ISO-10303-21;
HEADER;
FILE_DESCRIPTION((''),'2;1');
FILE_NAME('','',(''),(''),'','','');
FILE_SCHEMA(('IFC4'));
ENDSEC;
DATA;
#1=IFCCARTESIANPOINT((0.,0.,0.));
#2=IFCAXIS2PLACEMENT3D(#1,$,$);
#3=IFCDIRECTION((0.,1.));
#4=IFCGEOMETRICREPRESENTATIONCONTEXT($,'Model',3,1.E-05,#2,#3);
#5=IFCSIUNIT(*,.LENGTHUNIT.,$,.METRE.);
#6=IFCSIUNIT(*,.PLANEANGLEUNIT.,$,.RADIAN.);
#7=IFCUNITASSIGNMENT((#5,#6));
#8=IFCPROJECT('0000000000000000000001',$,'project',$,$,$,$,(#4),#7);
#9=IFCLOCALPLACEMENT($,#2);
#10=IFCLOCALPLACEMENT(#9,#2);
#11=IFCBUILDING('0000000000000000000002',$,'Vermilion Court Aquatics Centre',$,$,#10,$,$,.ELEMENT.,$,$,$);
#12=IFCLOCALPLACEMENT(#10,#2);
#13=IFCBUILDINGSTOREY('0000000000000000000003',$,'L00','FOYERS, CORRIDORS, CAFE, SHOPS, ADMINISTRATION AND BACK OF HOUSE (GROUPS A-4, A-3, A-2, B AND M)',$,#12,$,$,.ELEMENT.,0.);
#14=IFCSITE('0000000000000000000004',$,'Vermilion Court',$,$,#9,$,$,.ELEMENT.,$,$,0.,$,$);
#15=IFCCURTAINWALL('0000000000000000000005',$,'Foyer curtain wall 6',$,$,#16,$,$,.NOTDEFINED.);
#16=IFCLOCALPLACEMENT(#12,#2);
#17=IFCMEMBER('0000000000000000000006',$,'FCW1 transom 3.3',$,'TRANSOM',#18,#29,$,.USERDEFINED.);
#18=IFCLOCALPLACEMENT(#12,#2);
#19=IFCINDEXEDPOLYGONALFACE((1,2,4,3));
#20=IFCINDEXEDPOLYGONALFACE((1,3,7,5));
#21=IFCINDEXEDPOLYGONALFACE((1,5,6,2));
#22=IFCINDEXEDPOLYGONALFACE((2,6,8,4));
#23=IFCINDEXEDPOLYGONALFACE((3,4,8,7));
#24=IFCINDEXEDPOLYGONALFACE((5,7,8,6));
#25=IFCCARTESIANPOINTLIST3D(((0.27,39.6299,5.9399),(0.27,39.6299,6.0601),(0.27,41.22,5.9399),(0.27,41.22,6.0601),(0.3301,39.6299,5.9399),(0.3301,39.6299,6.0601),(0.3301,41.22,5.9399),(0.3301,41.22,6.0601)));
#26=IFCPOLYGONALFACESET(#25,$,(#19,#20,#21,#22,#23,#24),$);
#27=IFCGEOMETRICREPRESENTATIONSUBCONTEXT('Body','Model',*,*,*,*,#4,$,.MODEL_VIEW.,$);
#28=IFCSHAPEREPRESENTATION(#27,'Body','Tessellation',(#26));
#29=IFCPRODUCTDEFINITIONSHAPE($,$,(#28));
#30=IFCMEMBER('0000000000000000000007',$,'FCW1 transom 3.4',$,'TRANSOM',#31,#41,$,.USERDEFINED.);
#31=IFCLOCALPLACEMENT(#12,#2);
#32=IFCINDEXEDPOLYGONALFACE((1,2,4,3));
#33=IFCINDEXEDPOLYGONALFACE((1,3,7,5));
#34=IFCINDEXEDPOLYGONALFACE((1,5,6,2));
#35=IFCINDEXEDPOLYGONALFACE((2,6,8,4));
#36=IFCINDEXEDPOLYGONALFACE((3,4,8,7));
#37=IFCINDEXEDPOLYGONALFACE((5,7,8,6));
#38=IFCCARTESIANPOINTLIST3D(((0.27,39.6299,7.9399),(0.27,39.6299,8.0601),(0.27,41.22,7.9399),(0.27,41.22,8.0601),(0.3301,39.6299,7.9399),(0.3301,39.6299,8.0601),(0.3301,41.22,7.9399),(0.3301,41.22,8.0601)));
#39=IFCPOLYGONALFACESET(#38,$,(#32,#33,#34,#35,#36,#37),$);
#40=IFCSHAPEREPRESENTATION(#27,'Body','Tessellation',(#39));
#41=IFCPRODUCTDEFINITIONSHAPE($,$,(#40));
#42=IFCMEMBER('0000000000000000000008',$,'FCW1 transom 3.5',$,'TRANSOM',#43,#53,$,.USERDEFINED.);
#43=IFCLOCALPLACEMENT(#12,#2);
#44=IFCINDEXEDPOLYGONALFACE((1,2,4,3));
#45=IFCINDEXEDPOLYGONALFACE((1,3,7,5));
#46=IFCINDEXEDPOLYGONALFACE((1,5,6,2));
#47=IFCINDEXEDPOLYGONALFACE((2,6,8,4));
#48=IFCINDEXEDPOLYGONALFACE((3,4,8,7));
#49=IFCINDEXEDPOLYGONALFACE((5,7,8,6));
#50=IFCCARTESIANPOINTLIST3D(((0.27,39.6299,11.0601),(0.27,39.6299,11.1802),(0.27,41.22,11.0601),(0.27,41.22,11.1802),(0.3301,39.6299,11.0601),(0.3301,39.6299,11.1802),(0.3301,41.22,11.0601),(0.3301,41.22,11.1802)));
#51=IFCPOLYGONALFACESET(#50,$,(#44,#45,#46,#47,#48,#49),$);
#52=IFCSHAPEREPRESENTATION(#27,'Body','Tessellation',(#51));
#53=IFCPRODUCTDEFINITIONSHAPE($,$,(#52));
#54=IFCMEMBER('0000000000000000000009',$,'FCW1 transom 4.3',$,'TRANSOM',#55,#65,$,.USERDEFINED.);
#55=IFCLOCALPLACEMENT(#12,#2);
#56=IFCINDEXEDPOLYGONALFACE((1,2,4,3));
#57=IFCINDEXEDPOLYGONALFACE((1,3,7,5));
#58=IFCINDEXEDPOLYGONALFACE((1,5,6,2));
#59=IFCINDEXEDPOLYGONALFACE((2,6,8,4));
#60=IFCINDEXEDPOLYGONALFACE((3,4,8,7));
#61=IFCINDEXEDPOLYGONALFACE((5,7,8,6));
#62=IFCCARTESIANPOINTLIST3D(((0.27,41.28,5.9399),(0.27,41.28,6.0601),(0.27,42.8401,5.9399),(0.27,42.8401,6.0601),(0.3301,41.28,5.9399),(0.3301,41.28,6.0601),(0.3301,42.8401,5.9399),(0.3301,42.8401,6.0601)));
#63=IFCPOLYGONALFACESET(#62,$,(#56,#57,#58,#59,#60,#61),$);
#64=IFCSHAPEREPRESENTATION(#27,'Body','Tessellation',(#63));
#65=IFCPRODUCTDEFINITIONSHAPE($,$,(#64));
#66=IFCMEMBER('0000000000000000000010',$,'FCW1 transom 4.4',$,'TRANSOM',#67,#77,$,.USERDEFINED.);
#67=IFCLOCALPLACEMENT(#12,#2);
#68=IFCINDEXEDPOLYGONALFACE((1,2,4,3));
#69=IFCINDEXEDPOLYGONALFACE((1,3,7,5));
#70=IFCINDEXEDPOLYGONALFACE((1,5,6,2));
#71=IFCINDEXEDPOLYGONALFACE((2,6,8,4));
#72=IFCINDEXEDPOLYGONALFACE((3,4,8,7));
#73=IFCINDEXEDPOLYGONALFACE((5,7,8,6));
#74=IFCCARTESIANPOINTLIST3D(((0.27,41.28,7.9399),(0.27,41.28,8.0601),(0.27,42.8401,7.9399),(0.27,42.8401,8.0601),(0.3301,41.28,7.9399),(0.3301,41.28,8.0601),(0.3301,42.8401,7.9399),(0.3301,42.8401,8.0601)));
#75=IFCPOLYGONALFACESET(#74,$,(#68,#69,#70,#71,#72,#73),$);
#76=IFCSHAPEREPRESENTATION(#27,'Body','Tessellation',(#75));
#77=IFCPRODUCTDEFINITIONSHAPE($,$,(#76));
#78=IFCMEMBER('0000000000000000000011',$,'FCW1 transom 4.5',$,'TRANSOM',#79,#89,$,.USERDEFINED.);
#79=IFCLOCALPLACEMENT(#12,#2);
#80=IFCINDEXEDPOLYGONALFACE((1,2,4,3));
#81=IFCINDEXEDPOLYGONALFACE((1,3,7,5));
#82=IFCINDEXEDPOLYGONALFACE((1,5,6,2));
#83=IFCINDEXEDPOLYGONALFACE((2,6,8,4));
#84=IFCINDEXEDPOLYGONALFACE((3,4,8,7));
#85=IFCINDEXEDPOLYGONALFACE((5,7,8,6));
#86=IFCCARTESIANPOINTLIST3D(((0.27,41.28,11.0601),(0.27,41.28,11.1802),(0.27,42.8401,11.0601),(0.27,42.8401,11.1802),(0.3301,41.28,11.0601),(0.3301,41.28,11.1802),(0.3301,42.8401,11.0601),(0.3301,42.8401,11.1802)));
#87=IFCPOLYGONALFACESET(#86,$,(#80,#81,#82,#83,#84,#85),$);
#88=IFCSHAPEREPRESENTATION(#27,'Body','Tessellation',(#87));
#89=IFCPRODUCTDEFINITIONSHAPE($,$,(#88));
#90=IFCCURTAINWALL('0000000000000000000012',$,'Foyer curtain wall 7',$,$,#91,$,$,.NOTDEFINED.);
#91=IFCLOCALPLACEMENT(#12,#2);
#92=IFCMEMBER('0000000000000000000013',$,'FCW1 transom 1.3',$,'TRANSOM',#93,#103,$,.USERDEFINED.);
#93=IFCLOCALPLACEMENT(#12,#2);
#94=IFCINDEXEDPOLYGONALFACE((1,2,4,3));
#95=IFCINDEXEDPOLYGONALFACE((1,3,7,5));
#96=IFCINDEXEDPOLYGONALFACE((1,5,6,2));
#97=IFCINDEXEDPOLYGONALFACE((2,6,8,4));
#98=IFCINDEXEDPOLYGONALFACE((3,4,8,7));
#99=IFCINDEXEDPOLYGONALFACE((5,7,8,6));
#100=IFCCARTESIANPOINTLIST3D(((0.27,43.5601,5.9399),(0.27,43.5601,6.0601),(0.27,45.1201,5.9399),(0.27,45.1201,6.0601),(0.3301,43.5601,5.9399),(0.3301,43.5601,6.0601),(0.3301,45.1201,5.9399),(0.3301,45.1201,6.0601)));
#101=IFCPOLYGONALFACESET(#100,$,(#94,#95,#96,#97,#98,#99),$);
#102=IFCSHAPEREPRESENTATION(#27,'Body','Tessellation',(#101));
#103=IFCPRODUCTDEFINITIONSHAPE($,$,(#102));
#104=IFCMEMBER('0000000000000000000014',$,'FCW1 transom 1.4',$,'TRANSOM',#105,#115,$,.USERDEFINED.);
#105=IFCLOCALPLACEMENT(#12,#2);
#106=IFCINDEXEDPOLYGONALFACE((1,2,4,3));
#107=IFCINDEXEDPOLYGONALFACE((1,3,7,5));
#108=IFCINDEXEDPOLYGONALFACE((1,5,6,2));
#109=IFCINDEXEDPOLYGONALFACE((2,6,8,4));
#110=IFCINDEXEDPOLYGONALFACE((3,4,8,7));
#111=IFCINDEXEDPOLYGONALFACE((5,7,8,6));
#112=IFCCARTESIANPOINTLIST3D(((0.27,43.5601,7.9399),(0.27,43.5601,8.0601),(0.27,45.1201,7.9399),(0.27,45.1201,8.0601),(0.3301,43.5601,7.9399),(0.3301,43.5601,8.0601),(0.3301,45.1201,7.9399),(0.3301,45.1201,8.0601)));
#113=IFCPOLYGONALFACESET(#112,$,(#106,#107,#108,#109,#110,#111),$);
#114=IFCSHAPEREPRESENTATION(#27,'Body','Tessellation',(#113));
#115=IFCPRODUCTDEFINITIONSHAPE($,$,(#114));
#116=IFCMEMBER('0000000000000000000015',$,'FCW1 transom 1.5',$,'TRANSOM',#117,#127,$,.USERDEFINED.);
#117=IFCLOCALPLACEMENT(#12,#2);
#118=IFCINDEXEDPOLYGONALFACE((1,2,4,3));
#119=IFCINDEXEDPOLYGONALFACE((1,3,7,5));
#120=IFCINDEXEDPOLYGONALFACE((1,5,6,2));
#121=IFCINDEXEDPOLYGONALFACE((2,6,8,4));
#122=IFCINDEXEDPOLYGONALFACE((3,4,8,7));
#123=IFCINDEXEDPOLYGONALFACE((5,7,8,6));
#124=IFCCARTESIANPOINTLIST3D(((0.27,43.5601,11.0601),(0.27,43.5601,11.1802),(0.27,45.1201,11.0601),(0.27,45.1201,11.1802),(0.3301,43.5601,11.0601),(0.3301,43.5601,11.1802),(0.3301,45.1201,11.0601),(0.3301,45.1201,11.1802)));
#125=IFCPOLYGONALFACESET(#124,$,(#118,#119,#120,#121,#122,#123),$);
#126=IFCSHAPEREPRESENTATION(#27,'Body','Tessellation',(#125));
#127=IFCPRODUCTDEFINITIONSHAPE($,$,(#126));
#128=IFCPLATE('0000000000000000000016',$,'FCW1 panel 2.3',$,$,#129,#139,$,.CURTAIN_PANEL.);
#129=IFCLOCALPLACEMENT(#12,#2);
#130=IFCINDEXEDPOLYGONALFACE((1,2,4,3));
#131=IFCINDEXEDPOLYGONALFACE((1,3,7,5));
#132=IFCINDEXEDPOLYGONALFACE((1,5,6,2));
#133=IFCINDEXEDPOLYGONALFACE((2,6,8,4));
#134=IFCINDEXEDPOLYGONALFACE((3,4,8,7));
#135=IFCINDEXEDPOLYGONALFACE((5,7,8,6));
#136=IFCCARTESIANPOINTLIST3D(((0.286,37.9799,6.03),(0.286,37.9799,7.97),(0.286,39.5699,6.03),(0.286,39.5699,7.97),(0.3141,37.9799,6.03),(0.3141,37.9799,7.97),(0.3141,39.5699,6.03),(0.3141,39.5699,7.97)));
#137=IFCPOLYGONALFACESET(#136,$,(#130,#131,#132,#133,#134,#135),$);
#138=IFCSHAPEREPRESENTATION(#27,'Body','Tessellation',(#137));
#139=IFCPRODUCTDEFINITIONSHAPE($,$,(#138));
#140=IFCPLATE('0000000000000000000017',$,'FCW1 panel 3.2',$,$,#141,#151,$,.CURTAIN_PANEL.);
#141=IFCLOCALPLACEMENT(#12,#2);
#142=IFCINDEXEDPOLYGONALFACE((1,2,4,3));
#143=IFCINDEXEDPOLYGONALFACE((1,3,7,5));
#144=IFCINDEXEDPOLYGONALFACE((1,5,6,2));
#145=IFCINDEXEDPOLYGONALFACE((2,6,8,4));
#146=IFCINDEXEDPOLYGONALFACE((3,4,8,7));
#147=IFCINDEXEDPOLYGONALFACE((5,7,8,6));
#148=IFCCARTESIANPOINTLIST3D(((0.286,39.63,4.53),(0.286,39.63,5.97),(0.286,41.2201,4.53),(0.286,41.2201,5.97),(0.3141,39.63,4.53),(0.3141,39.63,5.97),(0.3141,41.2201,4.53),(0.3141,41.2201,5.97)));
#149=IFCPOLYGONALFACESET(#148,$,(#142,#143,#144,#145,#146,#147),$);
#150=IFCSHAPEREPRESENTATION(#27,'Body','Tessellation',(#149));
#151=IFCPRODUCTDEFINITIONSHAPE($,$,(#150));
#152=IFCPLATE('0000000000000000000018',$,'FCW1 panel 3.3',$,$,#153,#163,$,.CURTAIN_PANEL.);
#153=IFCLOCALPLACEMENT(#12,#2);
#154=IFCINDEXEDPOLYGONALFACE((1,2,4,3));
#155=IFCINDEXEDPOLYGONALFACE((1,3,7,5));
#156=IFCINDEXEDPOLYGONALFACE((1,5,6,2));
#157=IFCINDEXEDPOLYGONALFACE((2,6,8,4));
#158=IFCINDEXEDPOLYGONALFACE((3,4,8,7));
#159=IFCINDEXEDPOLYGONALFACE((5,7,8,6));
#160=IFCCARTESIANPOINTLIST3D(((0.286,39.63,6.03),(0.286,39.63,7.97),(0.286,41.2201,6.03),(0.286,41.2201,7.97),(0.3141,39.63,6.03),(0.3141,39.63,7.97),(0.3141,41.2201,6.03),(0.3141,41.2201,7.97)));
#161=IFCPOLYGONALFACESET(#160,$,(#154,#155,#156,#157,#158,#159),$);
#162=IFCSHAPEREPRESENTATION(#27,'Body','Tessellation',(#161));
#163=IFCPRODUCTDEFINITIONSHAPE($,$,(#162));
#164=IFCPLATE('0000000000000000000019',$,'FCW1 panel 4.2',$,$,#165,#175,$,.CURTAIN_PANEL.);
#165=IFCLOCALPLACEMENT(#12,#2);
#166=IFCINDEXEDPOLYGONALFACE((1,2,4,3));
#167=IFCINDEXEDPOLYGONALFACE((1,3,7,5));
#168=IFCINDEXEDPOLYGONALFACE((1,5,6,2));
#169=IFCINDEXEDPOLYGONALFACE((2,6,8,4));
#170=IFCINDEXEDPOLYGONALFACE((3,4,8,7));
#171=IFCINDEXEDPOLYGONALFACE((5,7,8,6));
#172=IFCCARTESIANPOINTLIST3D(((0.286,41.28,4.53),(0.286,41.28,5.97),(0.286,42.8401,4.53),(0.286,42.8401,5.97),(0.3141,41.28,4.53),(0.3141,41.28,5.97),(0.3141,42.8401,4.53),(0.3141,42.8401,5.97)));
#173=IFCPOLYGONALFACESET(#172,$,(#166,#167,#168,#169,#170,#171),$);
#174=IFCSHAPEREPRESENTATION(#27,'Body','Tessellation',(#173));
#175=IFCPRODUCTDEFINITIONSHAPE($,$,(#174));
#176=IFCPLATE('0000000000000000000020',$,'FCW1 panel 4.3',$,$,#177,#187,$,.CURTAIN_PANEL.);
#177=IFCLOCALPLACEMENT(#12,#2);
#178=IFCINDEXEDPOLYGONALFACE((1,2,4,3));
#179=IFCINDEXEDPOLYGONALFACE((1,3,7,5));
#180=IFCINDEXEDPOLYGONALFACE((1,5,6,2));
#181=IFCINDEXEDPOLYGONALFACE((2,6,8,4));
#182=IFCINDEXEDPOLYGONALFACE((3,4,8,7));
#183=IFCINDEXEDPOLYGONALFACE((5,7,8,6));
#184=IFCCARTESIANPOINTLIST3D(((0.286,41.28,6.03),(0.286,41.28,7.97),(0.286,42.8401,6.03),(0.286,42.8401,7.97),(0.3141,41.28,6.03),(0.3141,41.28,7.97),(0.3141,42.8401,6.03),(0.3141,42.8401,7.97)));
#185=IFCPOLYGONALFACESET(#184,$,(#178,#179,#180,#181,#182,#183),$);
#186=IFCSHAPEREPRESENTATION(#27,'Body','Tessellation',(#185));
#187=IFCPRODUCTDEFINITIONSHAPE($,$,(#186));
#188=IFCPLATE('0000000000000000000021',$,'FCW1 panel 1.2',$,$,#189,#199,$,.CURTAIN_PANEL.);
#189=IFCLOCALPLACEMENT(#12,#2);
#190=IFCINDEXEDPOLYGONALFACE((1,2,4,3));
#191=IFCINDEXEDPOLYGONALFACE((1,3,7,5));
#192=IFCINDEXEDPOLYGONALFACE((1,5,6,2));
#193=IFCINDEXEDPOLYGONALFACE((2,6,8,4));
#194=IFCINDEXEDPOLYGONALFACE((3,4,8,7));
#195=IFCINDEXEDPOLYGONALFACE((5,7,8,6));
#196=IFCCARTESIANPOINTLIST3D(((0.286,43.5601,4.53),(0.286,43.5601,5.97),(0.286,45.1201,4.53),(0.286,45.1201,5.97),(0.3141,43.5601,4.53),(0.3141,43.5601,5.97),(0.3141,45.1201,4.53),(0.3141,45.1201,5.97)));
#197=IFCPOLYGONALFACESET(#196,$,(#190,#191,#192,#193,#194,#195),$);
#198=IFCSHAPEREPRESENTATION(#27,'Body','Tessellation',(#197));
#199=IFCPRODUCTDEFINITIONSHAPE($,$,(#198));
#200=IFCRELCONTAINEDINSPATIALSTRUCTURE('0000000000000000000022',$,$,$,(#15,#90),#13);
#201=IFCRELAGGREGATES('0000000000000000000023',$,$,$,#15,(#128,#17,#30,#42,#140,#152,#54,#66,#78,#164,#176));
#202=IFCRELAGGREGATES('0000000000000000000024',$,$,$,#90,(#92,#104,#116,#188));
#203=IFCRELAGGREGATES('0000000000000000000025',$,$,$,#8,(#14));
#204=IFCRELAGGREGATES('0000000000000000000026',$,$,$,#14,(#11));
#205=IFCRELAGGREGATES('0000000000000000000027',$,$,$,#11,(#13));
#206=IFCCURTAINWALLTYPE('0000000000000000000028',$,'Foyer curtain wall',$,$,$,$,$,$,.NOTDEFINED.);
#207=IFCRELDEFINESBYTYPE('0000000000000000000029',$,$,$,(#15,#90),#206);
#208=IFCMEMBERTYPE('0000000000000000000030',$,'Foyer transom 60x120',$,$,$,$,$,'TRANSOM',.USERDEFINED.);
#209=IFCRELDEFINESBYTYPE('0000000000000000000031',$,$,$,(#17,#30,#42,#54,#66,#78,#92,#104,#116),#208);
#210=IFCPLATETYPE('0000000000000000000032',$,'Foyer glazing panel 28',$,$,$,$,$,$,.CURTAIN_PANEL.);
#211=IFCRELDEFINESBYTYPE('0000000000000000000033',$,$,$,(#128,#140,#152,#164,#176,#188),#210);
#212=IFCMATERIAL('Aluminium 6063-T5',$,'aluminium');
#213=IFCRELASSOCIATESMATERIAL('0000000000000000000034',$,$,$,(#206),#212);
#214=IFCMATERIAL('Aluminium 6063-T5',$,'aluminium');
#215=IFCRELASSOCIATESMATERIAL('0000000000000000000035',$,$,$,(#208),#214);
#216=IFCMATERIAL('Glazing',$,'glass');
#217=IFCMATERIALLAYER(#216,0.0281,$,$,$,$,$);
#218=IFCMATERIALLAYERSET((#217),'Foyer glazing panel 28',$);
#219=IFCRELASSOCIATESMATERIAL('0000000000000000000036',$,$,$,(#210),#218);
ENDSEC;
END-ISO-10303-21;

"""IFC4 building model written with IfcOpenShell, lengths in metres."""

from ifc_helpers import new_model, si_unit, direction, frame, origin, origin_2d, place, context, subcontext, project, spatial, rectangle, extrude, material, layer, layer_set, material_profile, profile_set, type_object, element, aggregate, save


model = new_model("IFC4")

# Units and contexts
model_context = context("Model", 3, precision=1e-05, world=origin(), true_north=direction((0.0, 1.0)))
body_context = subcontext(model_context, "Body", "Model", "MODEL_VIEW")
ifc_project = project(units=[si_unit("LENGTHUNIT", "METRE"), si_unit("PLANEANGLEUNIT", "RADIAN")], contexts=[model_context])

# Site, building, storey
site_placement = place(None, origin())
site = spatial("IfcSite", under=ifc_project, at=site_placement, Name="Vermilion Court", CompositionType="ELEMENT", RefElevation=0.0)
building_placement = place(site_placement, origin())
building = spatial("IfcBuilding", under=site, at=building_placement, Name="Vermilion Court Aquatics Centre", CompositionType="ELEMENT")
storey_placement = place(building_placement, origin())
storey = spatial("IfcBuildingStorey", under=building, at=storey_placement, Name="L00", Description="FOYERS, CORRIDORS, CAFE, SHOPS, ADMINISTRATION AND BACK OF HOUSE (GROUPS A-4, A-3, A-2, B AND M)", CompositionType="ELEMENT", Elevation=0.0)

# Curtain walls, members
ifc_material_1 = material(Name="Aluminium 6063-T5", Category="aluminium")
curtain_wall_type = type_object("IfcCurtainWallType", Name="Foyer curtain wall", PredefinedType="NOTDEFINED", material=ifc_material_1)
curtain_wall_1_placement = place(storey_placement, origin())
curtain_wall_1 = element("IfcCurtainWall", 1, at=curtain_wall_1_placement, inside=storey, type_object=curtain_wall_type, Name="Foyer curtain wall 6", PredefinedType="NOTDEFINED")
ifc_material_2 = material(Name="Aluminium 6063-T5", Category="aluminium")
ifc_material_profile = material_profile(ifc_material_2, rectangle(XDim=0.0601, YDim=0.1201, at=origin_2d()), Name="Aluminium 60x120")
ifc_profile_set = profile_set([ifc_material_profile], Name="Aluminium 6063-T5")
member_type = type_object("IfcMemberType", Name="Foyer transom 60x120", ElementType="TRANSOM", PredefinedType="USERDEFINED", material=ifc_profile_set)
member_1_placement = place(storey_placement, frame((0.3, 39.6299, 6.0), z_axis=(0.0, 1.0, 0.0), x_axis=(-1.0, 0.0, 0.0)))
member_1 = element("IfcMember", 2, at=member_1_placement, type_object=member_type, Name="FCW1 transom 3.3", ObjectType="TRANSOM", PredefinedType="USERDEFINED", context=body_context, shape_type="SweptSolid", body=[
    extrude(rectangle(XDim=0.0601, YDim=0.1201, at=origin_2d()), origin(), (0.0, 0.0, 1.0), 1.5901),
])
member_2_placement = place(storey_placement, frame((0.3, 39.6299, 8.0), z_axis=(0.0, 1.0, 0.0), x_axis=(-1.0, 0.0, 0.0)))
member_2 = element("IfcMember", 3, at=member_2_placement, type_object=member_type, Name="FCW1 transom 3.4", ObjectType="TRANSOM", PredefinedType="USERDEFINED", context=body_context, shape_type="SweptSolid", body=[
    extrude(rectangle(XDim=0.0601, YDim=0.1201, at=origin_2d()), origin(), (0.0, 0.0, 1.0), 1.5901),
])
member_3_placement = place(storey_placement, frame((0.3, 39.6299, 11.1201), z_axis=(0.0, 1.0, 0.0), x_axis=(-1.0, 0.0, 0.0)))
member_3 = element("IfcMember", 4, at=member_3_placement, type_object=member_type, Name="FCW1 transom 3.5", ObjectType="TRANSOM", PredefinedType="USERDEFINED", context=body_context, shape_type="SweptSolid", body=[
    extrude(rectangle(XDim=0.0601, YDim=0.1201, at=origin_2d()), origin(), (0.0, 0.0, 1.0), 1.5901),
])
member_4_placement = place(storey_placement, frame((0.3, 41.28, 6.0), z_axis=(0.0, 1.0, 0.0), x_axis=(-1.0, 0.0, 0.0)))
member_4 = element("IfcMember", 5, at=member_4_placement, type_object=member_type, Name="FCW1 transom 4.3", ObjectType="TRANSOM", PredefinedType="USERDEFINED", context=body_context, shape_type="SweptSolid", body=[
    extrude(rectangle(XDim=0.0601, YDim=0.1201, at=origin_2d()), origin(), (0.0, 0.0, 1.0), 1.5601),
])
member_5_placement = place(storey_placement, frame((0.3, 41.28, 8.0), z_axis=(0.0, 1.0, 0.0), x_axis=(-1.0, 0.0, 0.0)))
member_5 = element("IfcMember", 6, at=member_5_placement, type_object=member_type, Name="FCW1 transom 4.4", ObjectType="TRANSOM", PredefinedType="USERDEFINED", context=body_context, shape_type="SweptSolid", body=[
    extrude(rectangle(XDim=0.0601, YDim=0.1201, at=origin_2d()), origin(), (0.0, 0.0, 1.0), 1.5601),
])
member_6_placement = place(storey_placement, frame((0.3, 41.28, 11.1201), z_axis=(0.0, 1.0, 0.0), x_axis=(-1.0, 0.0, 0.0)))
member_6 = element("IfcMember", 7, at=member_6_placement, type_object=member_type, Name="FCW1 transom 4.5", ObjectType="TRANSOM", PredefinedType="USERDEFINED", context=body_context, shape_type="SweptSolid", body=[
    extrude(rectangle(XDim=0.0601, YDim=0.1201, at=origin_2d()), origin(), (0.0, 0.0, 1.0), 1.5601),
])
curtain_wall_2_placement = place(storey_placement, origin())
curtain_wall_2 = element("IfcCurtainWall", 8, at=curtain_wall_2_placement, inside=storey, type_object=curtain_wall_type, Name="Foyer curtain wall 7", PredefinedType="NOTDEFINED")
member_7_placement = place(storey_placement, frame((0.3, 43.5601, 6.0), z_axis=(0.0, 1.0, 0.0), x_axis=(-1.0, 0.0, 0.0)))
member_7 = element("IfcMember", 9, at=member_7_placement, type_object=member_type, Name="FCW1 transom 1.3", ObjectType="TRANSOM", PredefinedType="USERDEFINED", context=body_context, shape_type="SweptSolid", body=[
    extrude(rectangle(XDim=0.0601, YDim=0.1201, at=origin_2d()), origin(), (0.0, 0.0, 1.0), 1.5601),
])
member_8_placement = place(storey_placement, frame((0.3, 43.5601, 8.0), z_axis=(0.0, 1.0, 0.0), x_axis=(-1.0, 0.0, 0.0)))
member_8 = element("IfcMember", 10, at=member_8_placement, type_object=member_type, Name="FCW1 transom 1.4", ObjectType="TRANSOM", PredefinedType="USERDEFINED", context=body_context, shape_type="SweptSolid", body=[
    extrude(rectangle(XDim=0.0601, YDim=0.1201, at=origin_2d()), origin(), (0.0, 0.0, 1.0), 1.5601),
])
member_9_placement = place(storey_placement, frame((0.3, 43.5601, 11.1201), z_axis=(0.0, 1.0, 0.0), x_axis=(-1.0, 0.0, 0.0)))
member_9 = element("IfcMember", 11, at=member_9_placement, type_object=member_type, Name="FCW1 transom 1.5", ObjectType="TRANSOM", PredefinedType="USERDEFINED", context=body_context, shape_type="SweptSolid", body=[
    extrude(rectangle(XDim=0.0601, YDim=0.1201, at=origin_2d()), origin(), (0.0, 0.0, 1.0), 1.5601),
])

# Plates
ifc_material_3 = material(Name="Glazing", Category="glass")
ifc_layer_1 = layer(ifc_material_3, 0.0281)
ifc_layer_set_1 = layer_set([ifc_layer_1], Name="Foyer glazing panel 28")
plate_type_1 = type_object("IfcPlateType", Name="Foyer glazing panel 28", PredefinedType="CURTAIN_PANEL", material=ifc_layer_set_1)
plate_1_placement = place(storey_placement, frame((0.3, 38.7749, 6.03), z_axis=(0.0, 0.0, 1.0), x_axis=(0.0, 1.0, 0.0)))
plate_1 = element("IfcPlate", 12, at=plate_1_placement, type_object=plate_type_1, Name="FCW1 panel 2.3", PredefinedType="CURTAIN_PANEL", context=body_context, shape_type="SweptSolid", body=[
    extrude(rectangle(XDim=1.5901, YDim=0.0281, at=origin_2d()), origin(), (0.0, 0.0, 1.0), 1.9399),
])
plate_2_placement = place(storey_placement, frame((0.3, 40.425, 4.53), z_axis=(0.0, 0.0, 1.0), x_axis=(0.0, 1.0, 0.0)))
plate_2 = element("IfcPlate", 13, at=plate_2_placement, type_object=plate_type_1, Name="FCW1 panel 3.2", PredefinedType="CURTAIN_PANEL", context=body_context, shape_type="SweptSolid", body=[
    extrude(rectangle(XDim=1.5901, YDim=0.0281, at=origin_2d()), origin(), (0.0, 0.0, 1.0), 1.4399),
])
plate_3_placement = place(storey_placement, frame((0.3, 40.425, 6.03), z_axis=(0.0, 0.0, 1.0), x_axis=(0.0, 1.0, 0.0)))
plate_3 = element("IfcPlate", 14, at=plate_3_placement, type_object=plate_type_1, Name="FCW1 panel 3.3", PredefinedType="CURTAIN_PANEL", context=body_context, shape_type="SweptSolid", body=[
    extrude(rectangle(XDim=1.5901, YDim=0.0281, at=origin_2d()), origin(), (0.0, 0.0, 1.0), 1.9399),
])
plate_4_placement = place(storey_placement, frame((0.3, 42.0601, 4.53), z_axis=(0.0, 0.0, 1.0), x_axis=(0.0, 1.0, 0.0)))
plate_4 = element("IfcPlate", 15, at=plate_4_placement, type_object=plate_type_1, Name="FCW1 panel 4.2", PredefinedType="CURTAIN_PANEL", context=body_context, shape_type="SweptSolid", body=[
    extrude(rectangle(XDim=1.5601, YDim=0.0281, at=origin_2d()), origin(), (0.0, 0.0, 1.0), 1.4399),
])
plate_5_placement = place(storey_placement, frame((0.3, 42.0601, 6.03), z_axis=(0.0, 0.0, 1.0), x_axis=(0.0, 1.0, 0.0)))
plate_5 = element("IfcPlate", 16, at=plate_5_placement, type_object=plate_type_1, Name="FCW1 panel 4.3", PredefinedType="CURTAIN_PANEL", context=body_context, shape_type="SweptSolid", body=[
    extrude(rectangle(XDim=1.5601, YDim=0.0281, at=origin_2d()), origin(), (0.0, 0.0, 1.0), 1.9399),
])
plate_6_placement = place(storey_placement, frame((0.3, 44.3401, 4.53), z_axis=(0.0, 0.0, 1.0), x_axis=(0.0, 1.0, 0.0)))
plate_6 = element("IfcPlate", 17, at=plate_6_placement, type_object=plate_type_1, Name="FCW1 panel 1.2", PredefinedType="CURTAIN_PANEL", context=body_context, shape_type="SweptSolid", body=[
    extrude(rectangle(XDim=1.5601, YDim=0.0281, at=origin_2d()), origin(), (0.0, 0.0, 1.0), 1.4399),
])
aggregate(curtain_wall_1, [plate_1, member_1, member_2, member_3, plate_2, plate_3, member_4, member_5, member_6, plate_4, plate_5])
aggregate(curtain_wall_2, [member_7, member_8, member_9, plate_6])

save(model, "model.ifc")
